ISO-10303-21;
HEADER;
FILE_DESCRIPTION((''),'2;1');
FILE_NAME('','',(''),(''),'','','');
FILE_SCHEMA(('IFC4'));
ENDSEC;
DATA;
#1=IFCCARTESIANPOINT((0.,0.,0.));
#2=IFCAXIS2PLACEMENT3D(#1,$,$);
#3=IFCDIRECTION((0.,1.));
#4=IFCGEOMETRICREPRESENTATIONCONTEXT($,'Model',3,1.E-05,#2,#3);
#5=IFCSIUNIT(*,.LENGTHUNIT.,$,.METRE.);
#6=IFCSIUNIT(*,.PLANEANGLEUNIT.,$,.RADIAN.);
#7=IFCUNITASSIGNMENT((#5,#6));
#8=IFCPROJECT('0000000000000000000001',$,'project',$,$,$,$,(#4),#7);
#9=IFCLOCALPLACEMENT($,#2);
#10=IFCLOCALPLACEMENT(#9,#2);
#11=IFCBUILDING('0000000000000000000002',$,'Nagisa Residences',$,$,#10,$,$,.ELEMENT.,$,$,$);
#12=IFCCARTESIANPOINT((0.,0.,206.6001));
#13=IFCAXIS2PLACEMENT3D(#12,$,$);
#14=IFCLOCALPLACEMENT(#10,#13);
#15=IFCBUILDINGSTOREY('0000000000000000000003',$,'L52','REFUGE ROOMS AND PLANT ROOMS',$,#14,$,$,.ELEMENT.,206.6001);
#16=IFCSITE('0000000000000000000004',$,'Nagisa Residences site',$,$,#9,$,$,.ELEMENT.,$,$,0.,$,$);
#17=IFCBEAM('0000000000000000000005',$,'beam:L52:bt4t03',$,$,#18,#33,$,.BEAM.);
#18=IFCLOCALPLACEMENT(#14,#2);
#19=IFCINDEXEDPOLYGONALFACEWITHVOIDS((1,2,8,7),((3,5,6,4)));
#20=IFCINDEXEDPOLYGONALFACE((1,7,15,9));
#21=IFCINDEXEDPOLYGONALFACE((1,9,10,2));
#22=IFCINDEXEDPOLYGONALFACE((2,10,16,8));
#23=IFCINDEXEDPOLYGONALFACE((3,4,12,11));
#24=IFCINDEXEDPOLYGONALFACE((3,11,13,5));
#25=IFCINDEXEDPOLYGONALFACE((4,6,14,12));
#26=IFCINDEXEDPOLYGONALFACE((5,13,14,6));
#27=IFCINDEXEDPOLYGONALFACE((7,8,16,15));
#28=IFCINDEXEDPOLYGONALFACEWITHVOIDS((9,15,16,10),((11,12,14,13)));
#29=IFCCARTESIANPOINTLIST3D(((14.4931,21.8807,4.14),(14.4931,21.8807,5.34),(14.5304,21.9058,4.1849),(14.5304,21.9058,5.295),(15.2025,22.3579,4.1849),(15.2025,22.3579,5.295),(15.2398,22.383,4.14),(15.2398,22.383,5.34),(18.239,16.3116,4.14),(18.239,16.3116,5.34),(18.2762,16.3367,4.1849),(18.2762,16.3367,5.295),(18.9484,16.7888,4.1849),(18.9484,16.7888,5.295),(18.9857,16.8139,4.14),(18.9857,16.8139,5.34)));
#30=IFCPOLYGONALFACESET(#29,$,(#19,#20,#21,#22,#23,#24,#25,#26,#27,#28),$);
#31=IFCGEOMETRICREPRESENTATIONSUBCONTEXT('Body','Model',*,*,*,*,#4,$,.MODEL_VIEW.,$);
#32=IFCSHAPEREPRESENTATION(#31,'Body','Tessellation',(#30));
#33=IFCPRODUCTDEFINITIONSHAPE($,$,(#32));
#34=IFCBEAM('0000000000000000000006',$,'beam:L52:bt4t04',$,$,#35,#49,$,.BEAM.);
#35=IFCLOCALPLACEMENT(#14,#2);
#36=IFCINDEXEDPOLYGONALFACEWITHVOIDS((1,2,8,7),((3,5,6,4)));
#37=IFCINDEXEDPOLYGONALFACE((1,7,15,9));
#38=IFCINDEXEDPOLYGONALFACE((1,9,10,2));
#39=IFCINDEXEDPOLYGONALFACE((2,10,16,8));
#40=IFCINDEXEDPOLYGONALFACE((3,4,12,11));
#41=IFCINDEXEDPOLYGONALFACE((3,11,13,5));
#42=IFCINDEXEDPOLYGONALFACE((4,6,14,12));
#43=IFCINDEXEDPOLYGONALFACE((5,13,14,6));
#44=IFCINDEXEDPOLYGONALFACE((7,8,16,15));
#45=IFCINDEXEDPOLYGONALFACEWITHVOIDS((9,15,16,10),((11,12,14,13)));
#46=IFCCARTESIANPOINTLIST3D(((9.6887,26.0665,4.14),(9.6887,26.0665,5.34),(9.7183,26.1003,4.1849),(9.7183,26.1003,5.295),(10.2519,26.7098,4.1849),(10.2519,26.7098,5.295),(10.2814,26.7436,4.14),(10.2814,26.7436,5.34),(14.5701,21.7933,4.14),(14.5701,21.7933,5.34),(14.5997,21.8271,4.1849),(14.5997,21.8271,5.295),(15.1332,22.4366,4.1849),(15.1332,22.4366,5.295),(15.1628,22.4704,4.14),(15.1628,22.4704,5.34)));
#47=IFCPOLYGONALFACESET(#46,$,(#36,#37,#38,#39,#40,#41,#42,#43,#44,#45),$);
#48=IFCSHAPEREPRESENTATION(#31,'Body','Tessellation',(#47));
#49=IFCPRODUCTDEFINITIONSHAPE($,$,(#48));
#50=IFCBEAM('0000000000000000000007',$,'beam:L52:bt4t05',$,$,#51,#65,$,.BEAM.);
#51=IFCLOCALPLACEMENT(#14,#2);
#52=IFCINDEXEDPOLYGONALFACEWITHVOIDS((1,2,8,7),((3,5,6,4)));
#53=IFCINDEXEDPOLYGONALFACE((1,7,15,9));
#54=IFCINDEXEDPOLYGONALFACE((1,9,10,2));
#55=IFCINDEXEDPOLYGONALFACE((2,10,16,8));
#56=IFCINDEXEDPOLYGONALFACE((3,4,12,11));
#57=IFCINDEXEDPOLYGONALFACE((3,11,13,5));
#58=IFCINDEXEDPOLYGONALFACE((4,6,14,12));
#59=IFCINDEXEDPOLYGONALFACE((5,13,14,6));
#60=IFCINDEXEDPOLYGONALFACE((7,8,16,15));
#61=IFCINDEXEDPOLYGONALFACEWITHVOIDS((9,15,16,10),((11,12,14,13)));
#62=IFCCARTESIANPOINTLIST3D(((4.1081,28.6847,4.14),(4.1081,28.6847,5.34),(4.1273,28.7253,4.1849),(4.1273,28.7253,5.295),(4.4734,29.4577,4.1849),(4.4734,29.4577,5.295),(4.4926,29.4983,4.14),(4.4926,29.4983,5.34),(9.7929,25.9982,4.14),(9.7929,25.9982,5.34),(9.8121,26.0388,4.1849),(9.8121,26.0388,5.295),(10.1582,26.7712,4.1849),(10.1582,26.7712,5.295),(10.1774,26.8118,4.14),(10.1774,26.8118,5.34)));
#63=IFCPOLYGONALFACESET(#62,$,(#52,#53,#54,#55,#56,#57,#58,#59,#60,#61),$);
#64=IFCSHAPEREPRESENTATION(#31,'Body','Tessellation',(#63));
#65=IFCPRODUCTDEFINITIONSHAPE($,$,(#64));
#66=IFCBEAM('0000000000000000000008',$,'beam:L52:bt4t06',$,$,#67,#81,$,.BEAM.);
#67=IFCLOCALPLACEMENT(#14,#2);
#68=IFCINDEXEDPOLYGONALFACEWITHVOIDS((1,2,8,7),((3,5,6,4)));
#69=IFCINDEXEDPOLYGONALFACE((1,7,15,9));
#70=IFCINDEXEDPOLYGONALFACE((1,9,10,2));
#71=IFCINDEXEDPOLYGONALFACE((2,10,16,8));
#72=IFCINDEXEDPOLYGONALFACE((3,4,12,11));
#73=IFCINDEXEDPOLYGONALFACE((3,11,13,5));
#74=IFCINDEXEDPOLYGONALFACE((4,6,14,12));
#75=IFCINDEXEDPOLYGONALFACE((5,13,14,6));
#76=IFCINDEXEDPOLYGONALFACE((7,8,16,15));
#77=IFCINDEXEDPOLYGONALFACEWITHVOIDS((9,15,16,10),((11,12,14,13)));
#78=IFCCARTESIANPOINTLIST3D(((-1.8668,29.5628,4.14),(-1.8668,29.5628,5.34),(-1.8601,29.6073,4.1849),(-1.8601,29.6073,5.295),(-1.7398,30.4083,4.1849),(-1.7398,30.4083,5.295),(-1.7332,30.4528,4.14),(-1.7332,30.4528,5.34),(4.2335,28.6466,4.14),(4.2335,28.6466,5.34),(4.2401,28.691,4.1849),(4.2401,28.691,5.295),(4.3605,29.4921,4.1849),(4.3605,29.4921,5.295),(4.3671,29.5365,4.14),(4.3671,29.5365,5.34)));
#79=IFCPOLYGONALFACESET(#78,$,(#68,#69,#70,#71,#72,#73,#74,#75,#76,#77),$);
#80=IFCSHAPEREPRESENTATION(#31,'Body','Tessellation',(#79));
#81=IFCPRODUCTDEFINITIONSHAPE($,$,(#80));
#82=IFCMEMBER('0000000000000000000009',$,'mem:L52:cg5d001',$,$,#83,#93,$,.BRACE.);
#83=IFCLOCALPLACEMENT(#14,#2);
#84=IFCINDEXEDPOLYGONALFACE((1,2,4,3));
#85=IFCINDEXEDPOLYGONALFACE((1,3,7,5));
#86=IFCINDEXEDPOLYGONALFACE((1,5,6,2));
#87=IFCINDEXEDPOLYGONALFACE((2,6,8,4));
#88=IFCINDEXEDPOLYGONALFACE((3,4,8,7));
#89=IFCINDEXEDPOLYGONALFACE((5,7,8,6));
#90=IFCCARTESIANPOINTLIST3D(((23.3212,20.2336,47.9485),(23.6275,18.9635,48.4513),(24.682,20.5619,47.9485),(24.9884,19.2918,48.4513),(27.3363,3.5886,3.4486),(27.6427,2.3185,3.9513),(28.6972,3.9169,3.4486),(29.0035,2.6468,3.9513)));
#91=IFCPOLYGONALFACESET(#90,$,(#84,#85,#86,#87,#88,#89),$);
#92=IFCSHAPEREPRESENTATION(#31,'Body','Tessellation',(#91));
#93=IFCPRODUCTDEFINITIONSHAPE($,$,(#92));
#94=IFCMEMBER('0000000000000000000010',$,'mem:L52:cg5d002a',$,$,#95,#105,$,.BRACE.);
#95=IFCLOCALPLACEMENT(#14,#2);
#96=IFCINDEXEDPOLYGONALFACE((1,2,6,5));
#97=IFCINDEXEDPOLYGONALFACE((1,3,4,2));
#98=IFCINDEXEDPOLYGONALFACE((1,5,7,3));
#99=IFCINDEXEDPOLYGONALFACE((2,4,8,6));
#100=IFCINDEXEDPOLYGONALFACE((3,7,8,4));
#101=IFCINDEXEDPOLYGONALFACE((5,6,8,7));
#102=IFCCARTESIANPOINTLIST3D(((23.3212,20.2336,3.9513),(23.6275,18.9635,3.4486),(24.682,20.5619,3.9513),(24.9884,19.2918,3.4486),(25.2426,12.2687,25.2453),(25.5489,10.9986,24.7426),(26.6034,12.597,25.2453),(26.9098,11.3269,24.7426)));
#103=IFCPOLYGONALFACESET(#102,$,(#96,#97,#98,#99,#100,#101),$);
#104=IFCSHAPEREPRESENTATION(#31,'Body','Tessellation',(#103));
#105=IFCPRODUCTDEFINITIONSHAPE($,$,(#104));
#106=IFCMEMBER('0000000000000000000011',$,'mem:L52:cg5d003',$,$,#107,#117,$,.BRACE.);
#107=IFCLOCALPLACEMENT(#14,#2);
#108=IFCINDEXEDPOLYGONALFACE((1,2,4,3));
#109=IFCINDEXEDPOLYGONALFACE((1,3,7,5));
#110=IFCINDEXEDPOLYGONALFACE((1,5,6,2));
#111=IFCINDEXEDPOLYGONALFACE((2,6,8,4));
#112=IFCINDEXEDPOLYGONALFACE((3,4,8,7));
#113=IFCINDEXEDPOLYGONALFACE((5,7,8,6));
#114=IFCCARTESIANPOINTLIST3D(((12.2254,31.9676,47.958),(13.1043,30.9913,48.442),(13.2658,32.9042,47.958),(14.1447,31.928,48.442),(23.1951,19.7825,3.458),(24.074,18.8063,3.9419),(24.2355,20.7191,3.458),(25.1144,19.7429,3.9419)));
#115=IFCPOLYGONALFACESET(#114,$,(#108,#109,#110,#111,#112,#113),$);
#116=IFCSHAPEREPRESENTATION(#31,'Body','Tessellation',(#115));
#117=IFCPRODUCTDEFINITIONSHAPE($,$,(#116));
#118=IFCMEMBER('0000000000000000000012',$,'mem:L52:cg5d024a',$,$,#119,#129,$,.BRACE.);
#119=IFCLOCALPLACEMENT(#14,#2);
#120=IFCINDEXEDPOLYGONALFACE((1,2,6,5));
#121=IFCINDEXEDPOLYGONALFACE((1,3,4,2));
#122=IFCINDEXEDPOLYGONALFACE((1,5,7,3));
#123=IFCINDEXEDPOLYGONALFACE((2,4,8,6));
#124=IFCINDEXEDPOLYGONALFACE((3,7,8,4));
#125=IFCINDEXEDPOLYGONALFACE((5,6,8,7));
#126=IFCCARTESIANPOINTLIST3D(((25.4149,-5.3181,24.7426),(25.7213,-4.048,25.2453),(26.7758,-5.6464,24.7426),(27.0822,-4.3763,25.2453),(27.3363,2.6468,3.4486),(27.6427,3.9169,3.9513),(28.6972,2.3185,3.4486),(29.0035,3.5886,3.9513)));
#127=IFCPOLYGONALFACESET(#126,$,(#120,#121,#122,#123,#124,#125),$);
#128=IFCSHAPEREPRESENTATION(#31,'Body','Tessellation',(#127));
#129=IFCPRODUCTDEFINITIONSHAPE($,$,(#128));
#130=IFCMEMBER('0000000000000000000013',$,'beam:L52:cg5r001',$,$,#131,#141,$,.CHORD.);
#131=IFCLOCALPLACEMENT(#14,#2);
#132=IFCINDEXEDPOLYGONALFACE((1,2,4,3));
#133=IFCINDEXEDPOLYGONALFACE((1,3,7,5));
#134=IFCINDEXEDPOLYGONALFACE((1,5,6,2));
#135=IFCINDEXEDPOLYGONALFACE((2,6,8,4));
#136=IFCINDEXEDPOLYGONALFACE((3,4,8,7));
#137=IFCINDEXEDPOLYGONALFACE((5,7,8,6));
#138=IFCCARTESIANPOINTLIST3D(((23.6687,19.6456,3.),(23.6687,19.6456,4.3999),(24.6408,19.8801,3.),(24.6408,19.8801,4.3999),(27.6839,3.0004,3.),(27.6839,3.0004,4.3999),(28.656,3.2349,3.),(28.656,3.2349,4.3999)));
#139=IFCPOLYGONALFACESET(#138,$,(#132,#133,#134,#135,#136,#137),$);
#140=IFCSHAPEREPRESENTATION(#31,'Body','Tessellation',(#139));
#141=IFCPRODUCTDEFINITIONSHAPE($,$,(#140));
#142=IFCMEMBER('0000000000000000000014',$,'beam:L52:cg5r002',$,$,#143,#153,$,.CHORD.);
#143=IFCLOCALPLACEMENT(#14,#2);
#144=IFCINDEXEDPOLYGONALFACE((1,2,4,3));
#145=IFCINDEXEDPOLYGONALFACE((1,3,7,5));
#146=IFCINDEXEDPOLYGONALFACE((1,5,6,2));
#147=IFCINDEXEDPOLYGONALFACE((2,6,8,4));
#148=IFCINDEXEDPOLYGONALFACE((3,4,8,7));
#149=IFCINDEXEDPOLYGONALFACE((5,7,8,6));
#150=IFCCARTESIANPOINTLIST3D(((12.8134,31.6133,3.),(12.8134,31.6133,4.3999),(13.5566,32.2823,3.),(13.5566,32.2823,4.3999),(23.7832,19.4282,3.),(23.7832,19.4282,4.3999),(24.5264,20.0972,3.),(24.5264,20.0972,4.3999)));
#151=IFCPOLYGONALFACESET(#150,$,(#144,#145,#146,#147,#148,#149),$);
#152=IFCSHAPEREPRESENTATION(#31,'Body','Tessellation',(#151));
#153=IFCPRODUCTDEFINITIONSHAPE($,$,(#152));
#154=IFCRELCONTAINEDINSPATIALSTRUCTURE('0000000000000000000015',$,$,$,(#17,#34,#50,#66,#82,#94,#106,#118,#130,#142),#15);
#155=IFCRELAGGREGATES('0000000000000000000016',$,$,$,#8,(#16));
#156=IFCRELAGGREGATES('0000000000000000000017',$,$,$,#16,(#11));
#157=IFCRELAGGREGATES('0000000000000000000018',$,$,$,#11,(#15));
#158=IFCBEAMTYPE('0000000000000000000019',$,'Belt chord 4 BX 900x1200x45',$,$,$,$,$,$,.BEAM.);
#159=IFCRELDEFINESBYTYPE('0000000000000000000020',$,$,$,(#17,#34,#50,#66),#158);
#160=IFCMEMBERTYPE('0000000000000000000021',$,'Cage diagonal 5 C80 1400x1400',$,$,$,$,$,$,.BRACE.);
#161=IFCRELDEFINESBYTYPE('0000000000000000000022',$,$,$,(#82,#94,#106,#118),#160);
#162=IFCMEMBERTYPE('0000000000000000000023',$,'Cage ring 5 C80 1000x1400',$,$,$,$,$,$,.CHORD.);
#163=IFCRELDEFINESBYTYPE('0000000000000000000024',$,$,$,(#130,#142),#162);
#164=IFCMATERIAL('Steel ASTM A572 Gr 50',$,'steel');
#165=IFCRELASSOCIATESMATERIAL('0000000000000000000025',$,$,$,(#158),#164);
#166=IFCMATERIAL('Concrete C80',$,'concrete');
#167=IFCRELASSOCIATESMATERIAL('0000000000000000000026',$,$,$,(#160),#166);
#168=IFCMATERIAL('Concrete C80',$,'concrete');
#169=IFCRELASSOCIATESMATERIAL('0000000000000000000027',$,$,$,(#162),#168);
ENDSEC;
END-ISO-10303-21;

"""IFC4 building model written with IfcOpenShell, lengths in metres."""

from ifc_helpers import new_model, si_unit, direction, frame, origin, origin_2d, place, context, subcontext, project, spatial, rectangle, hollow_rectangle, extrude, material, material_profile, profile_set, type_object, element, save


model = new_model("IFC4")

# Units and contexts
model_context = context("Model", 3, precision=1e-05, world=origin(), true_north=direction((0.0, 1.0)))
body_context = subcontext(model_context, "Body", "Model", "MODEL_VIEW")
ifc_project = project(units=[si_unit("LENGTHUNIT", "METRE"), si_unit("PLANEANGLEUNIT", "RADIAN")], contexts=[model_context])

# Site, building, storey
site_placement = place(None, origin())
site = spatial("IfcSite", under=ifc_project, at=site_placement, Name="Nagisa Residences site", CompositionType="ELEMENT", RefElevation=0.0)
building_placement = place(site_placement, origin())
building = spatial("IfcBuilding", under=site, at=building_placement, Name="Nagisa Residences", CompositionType="ELEMENT")
storey_placement = place(building_placement, frame((0.0, 0.0, 206.6001)))
storey = spatial("IfcBuildingStorey", under=building, at=storey_placement, Name="L52", Description="REFUGE ROOMS AND PLANT ROOMS", CompositionType="ELEMENT", Elevation=206.6001)

# Beams
ifc_material_1 = material(Name="Steel ASTM A572 Gr 50", Category="steel")
ifc_material_profile_1 = material_profile(ifc_material_1, hollow_rectangle(XDim=0.8999, YDim=1.2, WallThickness=0.0449, at=origin_2d()), Name="BX 900x1200x45")
ifc_profile_set_1 = profile_set([ifc_material_profile_1], Name="Steel ASTM A572 Gr 50")
beam_type = type_object("IfcBeamType", Name="Belt chord 4 BX 900x1200x45", PredefinedType="BEAM", material=ifc_profile_set_1)
beam_1_placement = place(storey_placement, frame((18.6123, 16.5627, 4.74), z_axis=(-0.558112, 0.829766, 0.0), x_axis=(-0.829766, -0.558112, 0.0)))
element("IfcBeam", 1, at=beam_1_placement, inside=storey, type_object=beam_type, Name="beam:L52:bt4t03", PredefinedType="BEAM", context=body_context, shape_type="SweptSolid", body=[
    extrude(hollow_rectangle(XDim=0.8999, YDim=1.2, WallThickness=0.0449, at=origin_2d()), origin(), (0.0, 0.0, 1.0), 6.7117),
])
beam_2_placement = place(storey_placement, frame((14.8665, 22.1318, 4.74), z_axis=(-0.752423, 0.65868, 0.0), x_axis=(-0.65868, -0.752423, 0.0)))
element("IfcBeam", 2, at=beam_2_placement, inside=storey, type_object=beam_type, Name="beam:L52:bt4t04", PredefinedType="BEAM", context=body_context, shape_type="SweptSolid", body=[
    extrude(hollow_rectangle(XDim=0.8999, YDim=1.2, WallThickness=0.0449, at=origin_2d()), origin(), (0.0, 0.0, 1.0), 6.4875),
])
beam_3_placement = place(storey_placement, frame((9.9851, 26.405, 4.74), z_axis=(-0.904124, 0.42727, 0.0), x_axis=(-0.42727, -0.904124, 0.0)))
element("IfcBeam", 3, at=beam_3_placement, inside=storey, type_object=beam_type, Name="beam:L52:bt4t05", PredefinedType="BEAM", context=body_context, shape_type="SweptSolid", body=[
    extrude(hollow_rectangle(XDim=0.8999, YDim=1.2, WallThickness=0.0449, at=origin_2d()), origin(), (0.0, 0.0, 1.0), 6.2876),
])
beam_4_placement = place(storey_placement, frame((4.3003, 29.0916, 4.74), z_axis=(-0.988908, 0.148532, 0.0), x_axis=(-0.148532, -0.988908, 0.0)))
element("IfcBeam", 4, at=beam_4_placement, inside=storey, type_object=beam_type, Name="beam:L52:bt4t06", PredefinedType="BEAM", context=body_context, shape_type="SweptSolid", body=[
    extrude(hollow_rectangle(XDim=0.8999, YDim=1.2, WallThickness=0.0449, at=origin_2d()), origin(), (0.0, 0.0, 1.0), 6.1687),
])

# Members
ifc_material_2 = material(Name="Concrete C80", Category="concrete")
ifc_material_profile_2 = material_profile(ifc_material_2, rectangle(XDim=1.3999, YDim=1.3999, at=origin_2d()), Name="C80 1400x1400")
ifc_profile_set_2 = profile_set([ifc_material_profile_2], Name="Concrete C80")
member_type_1 = type_object("IfcMemberType", Name="Cage diagonal 5 C80 1400x1400", PredefinedType="BRACE", material=ifc_profile_set_2)
member_1_placement = place(storey_placement, frame((28.1699, 3.1177, 3.7), z_axis=(-0.084209, 0.349095, 0.933296), x_axis=(-0.972117, -0.234496, 0.0)))
element("IfcMember", 5, at=member_1_placement, inside=storey, type_object=member_type_1, Name="mem:L52:cg5d001", PredefinedType="BRACE", context=body_context, shape_type="SweptSolid", body=[
    extrude(rectangle(XDim=1.3999, YDim=1.3999, at=origin_2d()), origin(), (0.0, 0.0, 1.0), 47.6804),
])
member_2_placement = place(storey_placement, frame((24.1548, 19.7627, 3.7), z_axis=(0.084213, -0.349093, 0.933297), x_axis=(0.972115, 0.234507, 0.0)))
element("IfcMember", 6, at=member_2_placement, inside=storey, type_object=member_type_1, Name="mem:L52:cg5d002a", PredefinedType="BRACE", context=body_context, shape_type="SweptSolid", body=[
    extrude(rectangle(XDim=1.3999, YDim=1.3999, at=origin_2d()), origin(), (0.0, 0.0, 1.0), 22.8159),
])
member_3_placement = place(storey_placement, frame((24.1548, 19.7627, 3.7), z_axis=(-0.23131, 0.256937, 0.938338), x_axis=(-0.743198, -0.669072, 0.0)))
element("IfcMember", 7, at=member_3_placement, inside=storey, type_object=member_type_1, Name="mem:L52:cg5d003", PredefinedType="BRACE", context=body_context, shape_type="SweptSolid", body=[
    extrude(rectangle(XDim=1.3999, YDim=1.3999, at=origin_2d()), origin(), (0.0, 0.0, 1.0), 47.4243),
])
member_4_placement = place(storey_placement, frame((28.1699, 3.1177, 3.7), z_axis=(-0.084213, -0.349093, 0.933297), x_axis=(0.972115, -0.234507, 0.0)))
element("IfcMember", 8, at=member_4_placement, inside=storey, type_object=member_type_1, Name="mem:L52:cg5d024a", PredefinedType="BRACE", context=body_context, shape_type="SweptSolid", body=[
    extrude(rectangle(XDim=1.3999, YDim=1.3999, at=origin_2d()), origin(), (0.0, 0.0, 1.0), 22.8159),
])
ifc_material_3 = material(Name="Concrete C80", Category="concrete")
ifc_material_profile_3 = material_profile(ifc_material_3, rectangle(XDim=1.0, YDim=1.3999, at=origin_2d()), Name="C80 1000x1400")
ifc_profile_set_3 = profile_set([ifc_material_profile_3], Name="Concrete C80")
member_type_2 = type_object("IfcMemberType", Name="Cage ring 5 C80 1000x1400", PredefinedType="CHORD", material=ifc_profile_set_3)
member_5_placement = place(storey_placement, frame((28.1699, 3.1177, 3.7), z_axis=(-0.234496, 0.972117, 0.0), x_axis=(-0.972117, -0.234496, 0.0)))
element("IfcMember", 9, at=member_5_placement, inside=storey, type_object=member_type_2, Name="beam:L52:cg5r001", PredefinedType="CHORD", context=body_context, shape_type="SweptSolid", body=[
    extrude(rectangle(XDim=1.0, YDim=1.3999, at=origin_2d()), origin(), (0.0, 0.0, 1.0), 17.1226),
])
member_6_placement = place(storey_placement, frame((24.1548, 19.7627, 3.7), z_axis=(-0.669072, 0.743198, 0.0), x_axis=(-0.743198, -0.669072, 0.0)))
element("IfcMember", 10, at=member_6_placement, inside=storey, type_object=member_type_2, Name="beam:L52:cg5r002", PredefinedType="CHORD", context=body_context, shape_type="SweptSolid", body=[
    extrude(rectangle(XDim=1.0, YDim=1.3999, at=origin_2d()), origin(), (0.0, 0.0, 1.0), 16.3955),
])

save(model, "model.ifc")
